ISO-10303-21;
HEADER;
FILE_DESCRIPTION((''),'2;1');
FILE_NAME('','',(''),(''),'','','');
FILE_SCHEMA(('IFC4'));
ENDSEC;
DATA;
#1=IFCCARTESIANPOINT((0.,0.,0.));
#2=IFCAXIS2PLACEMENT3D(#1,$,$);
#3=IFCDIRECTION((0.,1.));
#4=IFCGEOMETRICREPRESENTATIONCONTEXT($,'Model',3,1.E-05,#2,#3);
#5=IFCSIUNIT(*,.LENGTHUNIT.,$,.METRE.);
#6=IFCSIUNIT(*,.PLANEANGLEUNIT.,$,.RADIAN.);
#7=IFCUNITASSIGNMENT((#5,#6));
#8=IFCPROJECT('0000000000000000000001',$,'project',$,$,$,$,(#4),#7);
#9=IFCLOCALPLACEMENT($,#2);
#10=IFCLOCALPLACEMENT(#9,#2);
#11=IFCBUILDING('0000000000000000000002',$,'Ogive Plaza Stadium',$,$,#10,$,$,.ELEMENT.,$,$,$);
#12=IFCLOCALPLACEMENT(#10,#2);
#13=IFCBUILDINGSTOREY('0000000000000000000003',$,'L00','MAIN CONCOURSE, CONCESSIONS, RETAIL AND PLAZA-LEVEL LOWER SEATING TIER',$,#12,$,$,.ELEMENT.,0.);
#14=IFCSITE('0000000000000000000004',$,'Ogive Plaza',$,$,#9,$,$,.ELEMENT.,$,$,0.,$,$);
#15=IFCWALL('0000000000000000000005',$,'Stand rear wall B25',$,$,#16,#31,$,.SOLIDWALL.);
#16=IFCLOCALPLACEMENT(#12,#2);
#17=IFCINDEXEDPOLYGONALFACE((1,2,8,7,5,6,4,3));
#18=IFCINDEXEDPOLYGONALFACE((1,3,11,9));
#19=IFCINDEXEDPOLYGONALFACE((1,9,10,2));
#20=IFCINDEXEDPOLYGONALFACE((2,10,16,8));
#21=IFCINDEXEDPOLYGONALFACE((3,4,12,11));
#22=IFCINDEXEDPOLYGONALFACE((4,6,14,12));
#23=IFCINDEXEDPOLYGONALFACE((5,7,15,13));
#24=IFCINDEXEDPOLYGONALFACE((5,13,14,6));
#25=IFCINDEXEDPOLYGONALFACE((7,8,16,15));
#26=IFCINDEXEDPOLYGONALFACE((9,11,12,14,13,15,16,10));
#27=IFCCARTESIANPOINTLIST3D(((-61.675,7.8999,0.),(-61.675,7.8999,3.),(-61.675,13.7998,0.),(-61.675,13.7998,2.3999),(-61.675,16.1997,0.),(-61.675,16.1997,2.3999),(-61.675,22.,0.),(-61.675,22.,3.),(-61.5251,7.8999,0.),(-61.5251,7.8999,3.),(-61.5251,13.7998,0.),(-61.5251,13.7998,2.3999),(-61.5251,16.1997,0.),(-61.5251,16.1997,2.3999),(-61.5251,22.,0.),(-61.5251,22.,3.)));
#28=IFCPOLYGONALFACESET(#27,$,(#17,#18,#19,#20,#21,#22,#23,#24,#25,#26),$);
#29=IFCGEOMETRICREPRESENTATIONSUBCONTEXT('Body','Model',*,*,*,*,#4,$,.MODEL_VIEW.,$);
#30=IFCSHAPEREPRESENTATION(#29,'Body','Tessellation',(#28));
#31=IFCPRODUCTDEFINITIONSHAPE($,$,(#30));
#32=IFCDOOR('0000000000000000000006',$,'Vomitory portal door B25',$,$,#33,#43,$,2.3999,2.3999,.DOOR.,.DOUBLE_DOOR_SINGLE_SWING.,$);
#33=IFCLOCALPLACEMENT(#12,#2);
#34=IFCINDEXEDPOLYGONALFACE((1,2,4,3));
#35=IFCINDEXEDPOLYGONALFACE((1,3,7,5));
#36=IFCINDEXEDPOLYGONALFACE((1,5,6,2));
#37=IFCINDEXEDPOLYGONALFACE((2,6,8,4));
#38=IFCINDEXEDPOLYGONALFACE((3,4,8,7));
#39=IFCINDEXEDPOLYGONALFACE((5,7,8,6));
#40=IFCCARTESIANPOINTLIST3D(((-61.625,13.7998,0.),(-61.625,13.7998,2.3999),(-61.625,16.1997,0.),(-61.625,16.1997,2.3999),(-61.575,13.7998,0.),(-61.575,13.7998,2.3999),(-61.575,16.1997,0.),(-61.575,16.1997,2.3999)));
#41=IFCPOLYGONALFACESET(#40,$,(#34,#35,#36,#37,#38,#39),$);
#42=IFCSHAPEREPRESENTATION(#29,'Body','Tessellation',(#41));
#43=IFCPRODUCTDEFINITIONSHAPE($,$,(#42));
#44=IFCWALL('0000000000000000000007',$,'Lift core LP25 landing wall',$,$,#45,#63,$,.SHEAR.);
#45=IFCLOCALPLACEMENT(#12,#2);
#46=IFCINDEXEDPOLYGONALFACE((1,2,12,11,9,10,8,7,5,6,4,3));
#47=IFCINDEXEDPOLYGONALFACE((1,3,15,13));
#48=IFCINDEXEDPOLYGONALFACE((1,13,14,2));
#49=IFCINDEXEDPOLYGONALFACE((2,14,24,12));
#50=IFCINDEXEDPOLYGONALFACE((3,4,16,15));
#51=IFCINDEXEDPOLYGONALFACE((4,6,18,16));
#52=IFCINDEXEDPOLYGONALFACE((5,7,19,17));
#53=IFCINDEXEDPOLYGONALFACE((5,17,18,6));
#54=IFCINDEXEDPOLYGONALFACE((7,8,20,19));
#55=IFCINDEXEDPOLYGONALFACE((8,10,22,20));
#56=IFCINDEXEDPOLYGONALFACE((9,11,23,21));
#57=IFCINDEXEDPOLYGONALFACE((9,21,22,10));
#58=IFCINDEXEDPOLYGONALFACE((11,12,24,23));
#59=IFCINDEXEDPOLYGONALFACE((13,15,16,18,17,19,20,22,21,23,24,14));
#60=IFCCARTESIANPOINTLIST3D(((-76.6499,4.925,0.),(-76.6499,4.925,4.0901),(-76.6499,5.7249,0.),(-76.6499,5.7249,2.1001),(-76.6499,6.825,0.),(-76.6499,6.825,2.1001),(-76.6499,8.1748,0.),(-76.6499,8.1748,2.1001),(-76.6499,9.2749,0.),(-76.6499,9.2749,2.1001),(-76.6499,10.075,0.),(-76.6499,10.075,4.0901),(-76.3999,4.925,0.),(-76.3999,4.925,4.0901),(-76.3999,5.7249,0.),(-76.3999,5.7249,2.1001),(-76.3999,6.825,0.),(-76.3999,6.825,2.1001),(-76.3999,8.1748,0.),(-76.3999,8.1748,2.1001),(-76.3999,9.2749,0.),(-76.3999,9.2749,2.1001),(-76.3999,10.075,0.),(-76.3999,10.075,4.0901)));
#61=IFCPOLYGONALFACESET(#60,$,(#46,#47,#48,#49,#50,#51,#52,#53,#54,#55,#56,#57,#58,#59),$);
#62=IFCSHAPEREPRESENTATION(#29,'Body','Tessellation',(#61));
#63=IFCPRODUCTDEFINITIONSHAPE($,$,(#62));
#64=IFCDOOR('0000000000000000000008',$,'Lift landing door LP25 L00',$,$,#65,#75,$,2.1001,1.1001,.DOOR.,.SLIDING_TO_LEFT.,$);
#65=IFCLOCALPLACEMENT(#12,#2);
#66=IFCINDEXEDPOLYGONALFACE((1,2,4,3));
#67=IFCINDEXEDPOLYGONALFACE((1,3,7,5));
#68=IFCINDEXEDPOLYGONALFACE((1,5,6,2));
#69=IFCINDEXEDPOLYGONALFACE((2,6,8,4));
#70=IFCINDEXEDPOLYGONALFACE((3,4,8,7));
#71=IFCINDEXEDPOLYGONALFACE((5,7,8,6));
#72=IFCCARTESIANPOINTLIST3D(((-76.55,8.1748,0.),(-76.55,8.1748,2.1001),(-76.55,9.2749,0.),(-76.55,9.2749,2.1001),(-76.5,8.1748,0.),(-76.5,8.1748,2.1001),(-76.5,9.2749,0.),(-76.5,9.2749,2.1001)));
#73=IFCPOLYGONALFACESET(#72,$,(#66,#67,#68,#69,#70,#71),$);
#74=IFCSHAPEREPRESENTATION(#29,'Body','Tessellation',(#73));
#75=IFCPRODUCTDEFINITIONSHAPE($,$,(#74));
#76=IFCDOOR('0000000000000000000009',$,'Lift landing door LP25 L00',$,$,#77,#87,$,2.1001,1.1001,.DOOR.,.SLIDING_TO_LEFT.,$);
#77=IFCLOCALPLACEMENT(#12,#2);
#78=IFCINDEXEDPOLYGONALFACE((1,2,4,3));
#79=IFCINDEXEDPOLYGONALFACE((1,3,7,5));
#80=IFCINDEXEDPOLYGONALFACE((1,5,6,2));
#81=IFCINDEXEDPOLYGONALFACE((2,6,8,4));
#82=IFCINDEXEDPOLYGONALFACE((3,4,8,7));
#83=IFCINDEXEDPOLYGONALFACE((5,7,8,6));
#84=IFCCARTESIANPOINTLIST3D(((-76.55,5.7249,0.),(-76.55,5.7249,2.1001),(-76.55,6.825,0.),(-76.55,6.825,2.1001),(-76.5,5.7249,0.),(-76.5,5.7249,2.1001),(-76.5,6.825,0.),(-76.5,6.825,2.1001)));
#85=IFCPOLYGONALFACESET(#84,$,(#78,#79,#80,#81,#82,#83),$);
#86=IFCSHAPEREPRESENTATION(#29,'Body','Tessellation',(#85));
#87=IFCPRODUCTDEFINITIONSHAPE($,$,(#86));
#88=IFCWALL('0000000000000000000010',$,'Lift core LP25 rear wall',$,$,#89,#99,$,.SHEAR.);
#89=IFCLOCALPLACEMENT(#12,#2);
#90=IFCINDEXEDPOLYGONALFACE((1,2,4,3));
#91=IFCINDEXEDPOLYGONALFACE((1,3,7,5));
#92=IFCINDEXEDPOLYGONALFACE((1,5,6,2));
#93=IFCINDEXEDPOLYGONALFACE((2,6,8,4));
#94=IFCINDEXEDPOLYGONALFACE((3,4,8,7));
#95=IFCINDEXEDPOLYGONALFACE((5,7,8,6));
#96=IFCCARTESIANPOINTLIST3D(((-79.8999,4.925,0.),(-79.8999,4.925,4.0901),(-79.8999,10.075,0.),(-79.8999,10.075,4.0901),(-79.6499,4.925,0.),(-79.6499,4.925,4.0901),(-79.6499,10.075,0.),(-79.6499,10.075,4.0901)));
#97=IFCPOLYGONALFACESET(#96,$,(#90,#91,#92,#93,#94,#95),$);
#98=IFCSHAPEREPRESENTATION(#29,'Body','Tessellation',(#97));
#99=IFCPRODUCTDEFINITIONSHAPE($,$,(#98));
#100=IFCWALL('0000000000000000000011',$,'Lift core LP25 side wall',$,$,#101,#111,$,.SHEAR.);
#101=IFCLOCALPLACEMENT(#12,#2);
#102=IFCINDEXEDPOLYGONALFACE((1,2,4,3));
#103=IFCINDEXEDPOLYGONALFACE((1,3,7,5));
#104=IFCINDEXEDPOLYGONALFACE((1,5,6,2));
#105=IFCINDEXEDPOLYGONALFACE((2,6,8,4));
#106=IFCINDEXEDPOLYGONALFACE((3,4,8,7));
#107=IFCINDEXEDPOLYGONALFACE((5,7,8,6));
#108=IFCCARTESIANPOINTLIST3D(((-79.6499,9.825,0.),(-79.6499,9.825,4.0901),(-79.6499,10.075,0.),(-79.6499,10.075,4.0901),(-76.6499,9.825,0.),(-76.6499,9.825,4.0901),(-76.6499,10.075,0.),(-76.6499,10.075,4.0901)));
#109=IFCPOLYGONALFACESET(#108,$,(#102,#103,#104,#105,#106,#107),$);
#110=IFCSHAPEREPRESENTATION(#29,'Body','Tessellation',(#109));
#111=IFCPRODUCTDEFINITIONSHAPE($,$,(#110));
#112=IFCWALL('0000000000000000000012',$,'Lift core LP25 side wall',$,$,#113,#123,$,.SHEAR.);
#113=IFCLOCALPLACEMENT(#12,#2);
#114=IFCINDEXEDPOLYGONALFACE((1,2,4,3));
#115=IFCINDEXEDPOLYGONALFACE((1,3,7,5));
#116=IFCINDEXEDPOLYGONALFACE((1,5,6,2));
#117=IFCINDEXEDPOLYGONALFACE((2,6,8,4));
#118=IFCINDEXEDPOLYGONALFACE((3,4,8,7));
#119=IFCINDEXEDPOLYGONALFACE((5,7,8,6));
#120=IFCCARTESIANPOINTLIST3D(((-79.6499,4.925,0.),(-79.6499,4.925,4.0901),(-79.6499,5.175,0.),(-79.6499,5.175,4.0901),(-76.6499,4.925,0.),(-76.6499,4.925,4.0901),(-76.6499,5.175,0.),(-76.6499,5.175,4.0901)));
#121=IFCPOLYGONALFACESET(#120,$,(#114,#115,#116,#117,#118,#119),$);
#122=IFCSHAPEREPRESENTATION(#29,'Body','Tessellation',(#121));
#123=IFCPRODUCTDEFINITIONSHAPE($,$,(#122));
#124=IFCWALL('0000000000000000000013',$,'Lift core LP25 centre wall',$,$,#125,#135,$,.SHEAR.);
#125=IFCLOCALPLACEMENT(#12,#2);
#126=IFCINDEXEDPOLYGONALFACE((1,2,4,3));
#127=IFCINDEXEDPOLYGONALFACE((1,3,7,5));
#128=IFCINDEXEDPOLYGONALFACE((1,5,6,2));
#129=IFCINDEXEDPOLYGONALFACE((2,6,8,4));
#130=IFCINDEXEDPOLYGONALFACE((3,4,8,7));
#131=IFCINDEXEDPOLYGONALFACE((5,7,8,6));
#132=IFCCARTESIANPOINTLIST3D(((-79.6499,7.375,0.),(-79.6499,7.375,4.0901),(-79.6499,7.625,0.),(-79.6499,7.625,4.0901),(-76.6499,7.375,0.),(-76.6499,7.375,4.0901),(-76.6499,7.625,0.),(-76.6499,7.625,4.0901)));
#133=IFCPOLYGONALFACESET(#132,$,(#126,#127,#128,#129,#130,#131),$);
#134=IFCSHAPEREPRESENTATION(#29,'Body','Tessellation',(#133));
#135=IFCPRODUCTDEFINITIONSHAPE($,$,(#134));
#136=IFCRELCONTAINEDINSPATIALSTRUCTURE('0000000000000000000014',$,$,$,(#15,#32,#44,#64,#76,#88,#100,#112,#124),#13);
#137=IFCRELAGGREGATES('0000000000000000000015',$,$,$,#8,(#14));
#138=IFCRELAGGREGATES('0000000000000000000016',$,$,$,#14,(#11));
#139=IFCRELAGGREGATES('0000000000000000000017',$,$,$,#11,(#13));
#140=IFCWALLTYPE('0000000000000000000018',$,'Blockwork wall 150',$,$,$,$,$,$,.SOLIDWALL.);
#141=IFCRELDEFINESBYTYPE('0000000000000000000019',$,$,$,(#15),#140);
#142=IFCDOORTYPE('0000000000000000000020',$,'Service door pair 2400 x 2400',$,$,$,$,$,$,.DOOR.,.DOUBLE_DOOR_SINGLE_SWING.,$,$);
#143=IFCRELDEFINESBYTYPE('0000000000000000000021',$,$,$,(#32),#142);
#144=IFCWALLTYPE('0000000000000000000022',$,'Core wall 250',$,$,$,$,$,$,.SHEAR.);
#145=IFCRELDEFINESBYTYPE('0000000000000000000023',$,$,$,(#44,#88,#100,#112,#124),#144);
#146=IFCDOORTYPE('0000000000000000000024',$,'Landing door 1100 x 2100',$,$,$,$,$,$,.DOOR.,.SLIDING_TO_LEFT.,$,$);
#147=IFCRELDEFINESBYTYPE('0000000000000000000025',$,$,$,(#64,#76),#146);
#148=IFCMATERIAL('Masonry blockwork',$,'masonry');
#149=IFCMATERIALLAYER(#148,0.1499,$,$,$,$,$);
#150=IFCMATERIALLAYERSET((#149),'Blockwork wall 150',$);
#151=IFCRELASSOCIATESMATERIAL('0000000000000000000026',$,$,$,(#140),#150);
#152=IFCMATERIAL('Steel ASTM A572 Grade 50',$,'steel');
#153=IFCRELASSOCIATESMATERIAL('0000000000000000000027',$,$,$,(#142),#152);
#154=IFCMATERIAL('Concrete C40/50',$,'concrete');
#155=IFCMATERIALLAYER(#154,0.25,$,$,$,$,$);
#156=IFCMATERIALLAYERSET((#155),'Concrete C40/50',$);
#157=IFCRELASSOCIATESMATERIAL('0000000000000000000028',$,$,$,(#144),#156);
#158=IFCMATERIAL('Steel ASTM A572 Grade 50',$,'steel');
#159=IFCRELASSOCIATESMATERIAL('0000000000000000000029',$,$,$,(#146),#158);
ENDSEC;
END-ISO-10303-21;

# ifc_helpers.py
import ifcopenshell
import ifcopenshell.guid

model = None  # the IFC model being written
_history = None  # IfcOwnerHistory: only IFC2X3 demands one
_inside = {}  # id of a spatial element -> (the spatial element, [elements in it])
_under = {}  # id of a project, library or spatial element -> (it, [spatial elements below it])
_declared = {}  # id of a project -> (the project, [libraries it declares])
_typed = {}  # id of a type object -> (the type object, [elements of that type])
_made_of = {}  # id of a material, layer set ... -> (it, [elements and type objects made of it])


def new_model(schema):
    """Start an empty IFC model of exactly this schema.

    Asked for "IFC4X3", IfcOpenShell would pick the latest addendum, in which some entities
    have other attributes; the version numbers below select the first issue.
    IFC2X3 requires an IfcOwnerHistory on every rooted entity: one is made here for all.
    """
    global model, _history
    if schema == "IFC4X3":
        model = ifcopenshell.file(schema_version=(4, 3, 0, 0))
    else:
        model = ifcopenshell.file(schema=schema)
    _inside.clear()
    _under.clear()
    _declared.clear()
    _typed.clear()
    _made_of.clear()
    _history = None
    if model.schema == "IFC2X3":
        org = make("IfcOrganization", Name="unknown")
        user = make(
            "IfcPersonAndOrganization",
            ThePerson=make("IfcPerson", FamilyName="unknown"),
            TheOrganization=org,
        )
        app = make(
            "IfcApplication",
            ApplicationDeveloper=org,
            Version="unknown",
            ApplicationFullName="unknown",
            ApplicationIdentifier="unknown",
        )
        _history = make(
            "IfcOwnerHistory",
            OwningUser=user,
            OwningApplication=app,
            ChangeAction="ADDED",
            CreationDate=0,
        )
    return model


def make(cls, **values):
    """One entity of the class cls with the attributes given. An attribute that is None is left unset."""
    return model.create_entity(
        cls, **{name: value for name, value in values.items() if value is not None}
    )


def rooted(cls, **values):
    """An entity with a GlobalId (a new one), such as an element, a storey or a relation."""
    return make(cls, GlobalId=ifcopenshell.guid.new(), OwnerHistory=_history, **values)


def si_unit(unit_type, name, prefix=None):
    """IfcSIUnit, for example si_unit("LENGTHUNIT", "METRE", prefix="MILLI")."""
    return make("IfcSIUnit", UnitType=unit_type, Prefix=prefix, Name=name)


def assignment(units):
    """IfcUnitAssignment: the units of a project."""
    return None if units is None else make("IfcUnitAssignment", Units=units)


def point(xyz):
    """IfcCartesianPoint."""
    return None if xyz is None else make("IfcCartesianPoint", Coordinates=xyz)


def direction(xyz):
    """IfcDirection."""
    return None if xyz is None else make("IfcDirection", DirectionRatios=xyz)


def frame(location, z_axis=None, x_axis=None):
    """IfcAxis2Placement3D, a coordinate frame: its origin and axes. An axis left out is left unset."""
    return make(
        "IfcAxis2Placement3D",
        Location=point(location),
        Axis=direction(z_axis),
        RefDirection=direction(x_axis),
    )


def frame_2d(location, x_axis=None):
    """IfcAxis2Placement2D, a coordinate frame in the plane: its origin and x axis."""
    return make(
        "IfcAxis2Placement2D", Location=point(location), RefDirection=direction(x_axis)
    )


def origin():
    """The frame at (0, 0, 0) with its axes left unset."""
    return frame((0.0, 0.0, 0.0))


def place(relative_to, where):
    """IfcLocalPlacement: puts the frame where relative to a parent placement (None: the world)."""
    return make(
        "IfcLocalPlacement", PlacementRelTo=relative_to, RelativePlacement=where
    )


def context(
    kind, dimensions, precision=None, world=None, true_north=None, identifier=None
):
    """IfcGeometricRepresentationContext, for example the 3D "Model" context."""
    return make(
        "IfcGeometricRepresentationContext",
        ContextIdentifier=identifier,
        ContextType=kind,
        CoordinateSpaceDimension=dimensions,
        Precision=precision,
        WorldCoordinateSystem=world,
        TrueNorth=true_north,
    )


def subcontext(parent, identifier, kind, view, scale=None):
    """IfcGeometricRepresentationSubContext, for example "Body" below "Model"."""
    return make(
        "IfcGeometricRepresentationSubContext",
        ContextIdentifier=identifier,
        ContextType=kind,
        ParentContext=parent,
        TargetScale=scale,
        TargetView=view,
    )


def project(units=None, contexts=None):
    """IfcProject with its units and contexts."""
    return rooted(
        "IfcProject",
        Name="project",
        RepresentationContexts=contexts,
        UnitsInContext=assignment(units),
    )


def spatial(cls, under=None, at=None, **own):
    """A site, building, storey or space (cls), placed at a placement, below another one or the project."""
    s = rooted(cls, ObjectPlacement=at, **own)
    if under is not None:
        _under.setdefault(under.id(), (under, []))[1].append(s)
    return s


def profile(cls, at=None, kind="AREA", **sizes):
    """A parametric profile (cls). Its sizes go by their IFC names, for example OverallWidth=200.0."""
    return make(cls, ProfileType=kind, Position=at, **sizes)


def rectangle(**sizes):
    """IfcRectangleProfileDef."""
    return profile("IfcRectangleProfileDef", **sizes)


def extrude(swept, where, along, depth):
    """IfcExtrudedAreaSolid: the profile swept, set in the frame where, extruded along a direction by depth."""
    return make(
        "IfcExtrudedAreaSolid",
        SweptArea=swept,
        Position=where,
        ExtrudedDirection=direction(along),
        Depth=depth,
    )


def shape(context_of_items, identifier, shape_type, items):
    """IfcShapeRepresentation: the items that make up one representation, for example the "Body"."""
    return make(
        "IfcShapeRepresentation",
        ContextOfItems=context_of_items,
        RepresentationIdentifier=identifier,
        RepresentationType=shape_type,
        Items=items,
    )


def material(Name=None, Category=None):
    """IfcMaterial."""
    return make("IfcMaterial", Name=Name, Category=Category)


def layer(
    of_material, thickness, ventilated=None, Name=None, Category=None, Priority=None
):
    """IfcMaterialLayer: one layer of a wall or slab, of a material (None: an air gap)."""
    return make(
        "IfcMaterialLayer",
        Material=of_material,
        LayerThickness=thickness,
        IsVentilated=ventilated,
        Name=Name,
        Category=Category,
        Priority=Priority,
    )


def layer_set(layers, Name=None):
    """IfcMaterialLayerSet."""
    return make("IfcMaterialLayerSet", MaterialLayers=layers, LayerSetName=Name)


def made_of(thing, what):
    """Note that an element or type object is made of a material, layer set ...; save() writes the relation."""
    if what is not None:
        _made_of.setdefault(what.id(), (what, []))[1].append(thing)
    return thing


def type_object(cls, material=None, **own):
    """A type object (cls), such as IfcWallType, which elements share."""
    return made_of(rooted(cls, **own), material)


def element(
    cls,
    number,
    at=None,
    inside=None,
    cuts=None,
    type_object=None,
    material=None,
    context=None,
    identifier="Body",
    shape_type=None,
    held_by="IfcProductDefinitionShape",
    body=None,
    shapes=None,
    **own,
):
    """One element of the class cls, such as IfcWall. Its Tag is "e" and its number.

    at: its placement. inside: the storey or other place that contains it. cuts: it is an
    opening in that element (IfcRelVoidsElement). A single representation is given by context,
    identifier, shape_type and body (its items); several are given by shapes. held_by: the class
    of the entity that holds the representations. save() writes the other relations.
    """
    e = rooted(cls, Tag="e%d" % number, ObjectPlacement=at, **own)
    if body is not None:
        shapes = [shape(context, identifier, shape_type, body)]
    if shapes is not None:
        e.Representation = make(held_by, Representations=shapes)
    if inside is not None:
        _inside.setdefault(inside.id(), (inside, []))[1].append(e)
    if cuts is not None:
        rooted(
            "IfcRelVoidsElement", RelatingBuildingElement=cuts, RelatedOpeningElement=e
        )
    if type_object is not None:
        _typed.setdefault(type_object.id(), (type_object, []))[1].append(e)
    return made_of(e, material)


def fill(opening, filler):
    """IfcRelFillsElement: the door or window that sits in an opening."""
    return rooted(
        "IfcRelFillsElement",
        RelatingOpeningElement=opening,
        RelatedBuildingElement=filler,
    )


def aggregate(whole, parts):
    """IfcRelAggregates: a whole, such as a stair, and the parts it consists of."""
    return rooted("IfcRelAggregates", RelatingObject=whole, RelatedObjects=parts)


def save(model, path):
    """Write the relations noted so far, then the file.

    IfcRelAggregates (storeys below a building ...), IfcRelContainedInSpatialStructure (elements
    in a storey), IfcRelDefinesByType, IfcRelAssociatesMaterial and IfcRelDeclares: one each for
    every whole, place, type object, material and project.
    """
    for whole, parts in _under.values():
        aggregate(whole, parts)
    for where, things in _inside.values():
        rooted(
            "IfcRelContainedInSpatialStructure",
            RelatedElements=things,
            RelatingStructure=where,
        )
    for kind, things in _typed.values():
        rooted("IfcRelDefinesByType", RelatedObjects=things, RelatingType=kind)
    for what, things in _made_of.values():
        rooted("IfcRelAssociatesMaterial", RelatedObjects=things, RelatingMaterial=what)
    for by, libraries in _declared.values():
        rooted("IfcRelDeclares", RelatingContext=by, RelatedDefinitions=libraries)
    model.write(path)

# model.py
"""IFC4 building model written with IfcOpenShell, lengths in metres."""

from ifc_helpers import new_model, si_unit, direction, frame, frame_2d, origin, place, context, subcontext, project, spatial, rectangle, extrude, material, layer, layer_set, type_object, element, fill, save


model = new_model("IFC4")

# Units and contexts
model_context = context("Model", 3, precision=1e-05, world=origin(), true_north=direction((0.0, 1.0)))
body_context = subcontext(model_context, "Body", "Model", "MODEL_VIEW")
ifc_project = project(units=[si_unit("LENGTHUNIT", "METRE"), si_unit("PLANEANGLEUNIT", "RADIAN")], contexts=[model_context])

# Site, building, storey
site_placement = place(None, origin())
site = spatial("IfcSite", under=ifc_project, at=site_placement, Name="Ogive Plaza", CompositionType="ELEMENT", RefElevation=0.0)
building_placement = place(site_placement, origin())
building = spatial("IfcBuilding", under=site, at=building_placement, Name="Ogive Plaza Stadium", CompositionType="ELEMENT")
storey_placement = place(building_placement, origin())
storey = spatial("IfcBuildingStorey", under=building, at=storey_placement, Name="L00", Description="MAIN CONCOURSE, CONCESSIONS, RETAIL AND PLAZA-LEVEL LOWER SEATING TIER", CompositionType="ELEMENT", Elevation=0.0)

# Shared definitions
ifc_material_1 = material(Name="Masonry blockwork", Category="masonry")
ifc_layer_1 = layer(ifc_material_1, 0.1499)
ifc_layer_set_1 = layer_set([ifc_layer_1], Name="Blockwork wall 150")
wall_type_1 = type_object("IfcWallType", Name="Blockwork wall 150", PredefinedType="SOLIDWALL", material=ifc_layer_set_1)

# Wall, opening, door
wall_1_placement = place(storey_placement, frame((-61.6001, 7.8999, 0.0), z_axis=(0.0, 0.0, 1.0), x_axis=(0.0, 1.0, 0.0)))
wall_1 = element("IfcWall", 1, at=wall_1_placement, inside=storey, type_object=wall_type_1, Name="Stand rear wall B25", PredefinedType="SOLIDWALL", context=body_context, shape_type="SweptSolid", body=[
    extrude(rectangle(XDim=14.1001, YDim=0.1499, at=frame_2d((7.05, 0.0))), origin(), (0.0, 0.0, 1.0), 3.0),
])
opening_1_placement = place(wall_1_placement, frame((5.8999, 0.0, 0.0)))
opening_1 = element("IfcOpeningElement", 2, at=opening_1_placement, cuts=wall_1, PredefinedType="OPENING", context=body_context, shape_type="SweptSolid", body=[
    extrude(rectangle(XDim=2.3999, YDim=2.3999, at=frame_2d((1.2, 1.2))), frame((0.0, 0.075, 0.0), z_axis=(0.0, -1.0, 0.0), x_axis=(1.0, 0.0, 0.0)), (0.0, 0.0, 1.0), 0.1499),
])
ifc_material_2 = material(Name="Steel ASTM A572 Grade 50", Category="steel")
door_type_1 = type_object("IfcDoorType", Name="Service door pair 2400 x 2400", OperationType="DOUBLE_DOOR_SINGLE_SWING", PredefinedType="DOOR", material=ifc_material_2)
door_1_placement = place(opening_1_placement, origin())
door_1 = element("IfcDoor", 3, at=door_1_placement, inside=storey, type_object=door_type_1, Name="Vomitory portal door B25", OperationType="DOUBLE_DOOR_SINGLE_SWING", OverallHeight=2.3999, OverallWidth=2.3999, PredefinedType="DOOR", context=body_context, shape_type="SweptSolid", body=[
    extrude(rectangle(XDim=2.3999, YDim=2.3999, at=frame_2d((1.2, 1.2))), frame((0.0, 0.0249, 0.0), z_axis=(0.0, -1.0, 0.0), x_axis=(1.0, 0.0, 0.0)), (0.0, 0.0, 1.0), 0.05),
])
fill(opening_1, door_1)

# Wall, openings, doors
ifc_material_3 = material(Name="Concrete C40/50", Category="concrete")
ifc_layer_2 = layer(ifc_material_3, 0.25)
ifc_layer_set_2 = layer_set([ifc_layer_2], Name="Concrete C40/50")
wall_type_2 = type_object("IfcWallType", Name="Core wall 250", PredefinedType="SHEAR", material=ifc_layer_set_2)
wall_2_placement = place(storey_placement, frame((-76.5249, 10.075, 0.0), z_axis=(0.0, 0.0, 1.0), x_axis=(0.0, -1.0, 0.0)))
wall_2 = element("IfcWall", 4, at=wall_2_placement, inside=storey, type_object=wall_type_2, Name="Lift core LP25 landing wall", PredefinedType="SHEAR", context=body_context, shape_type="SweptSolid", body=[
    extrude(rectangle(XDim=5.1499, YDim=0.25, at=frame_2d((2.575, 0.0))), origin(), (0.0, 0.0, 1.0), 4.0901),
])
opening_2_placement = place(wall_2_placement, frame((0.8, 0.0, 0.0)))
opening_2 = element("IfcOpeningElement", 5, at=opening_2_placement, cuts=wall_2, PredefinedType="OPENING", context=body_context, shape_type="SweptSolid", body=[
    extrude(rectangle(XDim=1.1001, YDim=2.1001, at=frame_2d((0.55, 1.05))), frame((0.0, 0.125, 0.0), z_axis=(0.0, -1.0, 0.0), x_axis=(1.0, 0.0, 0.0)), (0.0, 0.0, 1.0), 0.25),
])
opening_3_placement = place(wall_2_placement, frame((3.25, 0.0, 0.0)))
opening_3 = element("IfcOpeningElement", 6, at=opening_3_placement, cuts=wall_2, PredefinedType="OPENING", context=body_context, shape_type="SweptSolid", body=[
    extrude(rectangle(XDim=1.1001, YDim=2.1001, at=frame_2d((0.55, 1.05))), frame((0.0, 0.125, 0.0), z_axis=(0.0, -1.0, 0.0), x_axis=(1.0, 0.0, 0.0)), (0.0, 0.0, 1.0), 0.25),
])
ifc_material_4 = material(Name="Steel ASTM A572 Grade 50", Category="steel")
door_type_2 = type_object("IfcDoorType", Name="Landing door 1100 x 2100", OperationType="SLIDING_TO_LEFT", PredefinedType="DOOR", material=ifc_material_4)
door_2_placement = place(opening_2_placement, origin())
door_2 = element("IfcDoor", 7, at=door_2_placement, inside=storey, type_object=door_type_2, Name="Lift landing door LP25 L00", OperationType="SLIDING_TO_LEFT", OverallHeight=2.1001, OverallWidth=1.1001, PredefinedType="DOOR", context=body_context, shape_type="SweptSolid", body=[
    extrude(rectangle(XDim=1.1001, YDim=2.1001, at=frame_2d((0.55, 1.05))), frame((0.0, 0.0249, 0.0), z_axis=(0.0, -1.0, 0.0), x_axis=(1.0, 0.0, 0.0)), (0.0, 0.0, 1.0), 0.05),
])
fill(opening_2, door_2)
door_3_placement = place(opening_3_placement, origin())
door_3 = element("IfcDoor", 8, at=door_3_placement, inside=storey, type_object=door_type_2, Name="Lift landing door LP25 L00", OperationType="SLIDING_TO_LEFT", OverallHeight=2.1001, OverallWidth=1.1001, PredefinedType="DOOR", context=body_context, shape_type="SweptSolid", body=[
    extrude(rectangle(XDim=1.1001, YDim=2.1001, at=frame_2d((0.55, 1.05))), frame((0.0, 0.0249, 0.0), z_axis=(0.0, -1.0, 0.0), x_axis=(1.0, 0.0, 0.0)), (0.0, 0.0, 1.0), 0.05),
])
fill(opening_3, door_3)

# Walls
wall_3_placement = place(storey_placement, frame((-79.7749, 10.075, 0.0), z_axis=(0.0, 0.0, 1.0), x_axis=(0.0, -1.0, 0.0)))
element("IfcWall", 9, at=wall_3_placement, inside=storey, type_object=wall_type_2, Name="Lift core LP25 rear wall", PredefinedType="SHEAR", context=body_context, shape_type="SweptSolid", body=[
    extrude(rectangle(XDim=5.1499, YDim=0.25, at=frame_2d((2.575, 0.0))), origin(), (0.0, 0.0, 1.0), 4.0901),
])
for number, where, z_axis, x_axis, name in (
    (10, (-76.6499, 9.95, 0.0), (0.0, 0.0, 1.0), (-1.0, 0.0, 0.0), "Lift core LP25 side wall"),
    (11, (-76.6499, 5.05, 0.0), (0.0, 0.0, 1.0), (-1.0, 0.0, 0.0), "Lift core LP25 side wall"),
    (12, (-76.6499, 7.5, 0.0), (0.0, 0.0, 1.0), (-1.0, 0.0, 0.0), "Lift core LP25 centre wall"),
):
    element("IfcWall", number, at=place(storey_placement, frame(where, z_axis=z_axis, x_axis=x_axis)), inside=storey, type_object=wall_type_2, Name=name, PredefinedType="SHEAR", context=body_context, shape_type="SweptSolid", body=[
        extrude(rectangle(XDim=3.0, YDim=0.25, at=frame_2d((1.5, 0.0))), origin(), (0.0, 0.0, 1.0), 4.0901),
    ])

save(model, "model.ifc")
